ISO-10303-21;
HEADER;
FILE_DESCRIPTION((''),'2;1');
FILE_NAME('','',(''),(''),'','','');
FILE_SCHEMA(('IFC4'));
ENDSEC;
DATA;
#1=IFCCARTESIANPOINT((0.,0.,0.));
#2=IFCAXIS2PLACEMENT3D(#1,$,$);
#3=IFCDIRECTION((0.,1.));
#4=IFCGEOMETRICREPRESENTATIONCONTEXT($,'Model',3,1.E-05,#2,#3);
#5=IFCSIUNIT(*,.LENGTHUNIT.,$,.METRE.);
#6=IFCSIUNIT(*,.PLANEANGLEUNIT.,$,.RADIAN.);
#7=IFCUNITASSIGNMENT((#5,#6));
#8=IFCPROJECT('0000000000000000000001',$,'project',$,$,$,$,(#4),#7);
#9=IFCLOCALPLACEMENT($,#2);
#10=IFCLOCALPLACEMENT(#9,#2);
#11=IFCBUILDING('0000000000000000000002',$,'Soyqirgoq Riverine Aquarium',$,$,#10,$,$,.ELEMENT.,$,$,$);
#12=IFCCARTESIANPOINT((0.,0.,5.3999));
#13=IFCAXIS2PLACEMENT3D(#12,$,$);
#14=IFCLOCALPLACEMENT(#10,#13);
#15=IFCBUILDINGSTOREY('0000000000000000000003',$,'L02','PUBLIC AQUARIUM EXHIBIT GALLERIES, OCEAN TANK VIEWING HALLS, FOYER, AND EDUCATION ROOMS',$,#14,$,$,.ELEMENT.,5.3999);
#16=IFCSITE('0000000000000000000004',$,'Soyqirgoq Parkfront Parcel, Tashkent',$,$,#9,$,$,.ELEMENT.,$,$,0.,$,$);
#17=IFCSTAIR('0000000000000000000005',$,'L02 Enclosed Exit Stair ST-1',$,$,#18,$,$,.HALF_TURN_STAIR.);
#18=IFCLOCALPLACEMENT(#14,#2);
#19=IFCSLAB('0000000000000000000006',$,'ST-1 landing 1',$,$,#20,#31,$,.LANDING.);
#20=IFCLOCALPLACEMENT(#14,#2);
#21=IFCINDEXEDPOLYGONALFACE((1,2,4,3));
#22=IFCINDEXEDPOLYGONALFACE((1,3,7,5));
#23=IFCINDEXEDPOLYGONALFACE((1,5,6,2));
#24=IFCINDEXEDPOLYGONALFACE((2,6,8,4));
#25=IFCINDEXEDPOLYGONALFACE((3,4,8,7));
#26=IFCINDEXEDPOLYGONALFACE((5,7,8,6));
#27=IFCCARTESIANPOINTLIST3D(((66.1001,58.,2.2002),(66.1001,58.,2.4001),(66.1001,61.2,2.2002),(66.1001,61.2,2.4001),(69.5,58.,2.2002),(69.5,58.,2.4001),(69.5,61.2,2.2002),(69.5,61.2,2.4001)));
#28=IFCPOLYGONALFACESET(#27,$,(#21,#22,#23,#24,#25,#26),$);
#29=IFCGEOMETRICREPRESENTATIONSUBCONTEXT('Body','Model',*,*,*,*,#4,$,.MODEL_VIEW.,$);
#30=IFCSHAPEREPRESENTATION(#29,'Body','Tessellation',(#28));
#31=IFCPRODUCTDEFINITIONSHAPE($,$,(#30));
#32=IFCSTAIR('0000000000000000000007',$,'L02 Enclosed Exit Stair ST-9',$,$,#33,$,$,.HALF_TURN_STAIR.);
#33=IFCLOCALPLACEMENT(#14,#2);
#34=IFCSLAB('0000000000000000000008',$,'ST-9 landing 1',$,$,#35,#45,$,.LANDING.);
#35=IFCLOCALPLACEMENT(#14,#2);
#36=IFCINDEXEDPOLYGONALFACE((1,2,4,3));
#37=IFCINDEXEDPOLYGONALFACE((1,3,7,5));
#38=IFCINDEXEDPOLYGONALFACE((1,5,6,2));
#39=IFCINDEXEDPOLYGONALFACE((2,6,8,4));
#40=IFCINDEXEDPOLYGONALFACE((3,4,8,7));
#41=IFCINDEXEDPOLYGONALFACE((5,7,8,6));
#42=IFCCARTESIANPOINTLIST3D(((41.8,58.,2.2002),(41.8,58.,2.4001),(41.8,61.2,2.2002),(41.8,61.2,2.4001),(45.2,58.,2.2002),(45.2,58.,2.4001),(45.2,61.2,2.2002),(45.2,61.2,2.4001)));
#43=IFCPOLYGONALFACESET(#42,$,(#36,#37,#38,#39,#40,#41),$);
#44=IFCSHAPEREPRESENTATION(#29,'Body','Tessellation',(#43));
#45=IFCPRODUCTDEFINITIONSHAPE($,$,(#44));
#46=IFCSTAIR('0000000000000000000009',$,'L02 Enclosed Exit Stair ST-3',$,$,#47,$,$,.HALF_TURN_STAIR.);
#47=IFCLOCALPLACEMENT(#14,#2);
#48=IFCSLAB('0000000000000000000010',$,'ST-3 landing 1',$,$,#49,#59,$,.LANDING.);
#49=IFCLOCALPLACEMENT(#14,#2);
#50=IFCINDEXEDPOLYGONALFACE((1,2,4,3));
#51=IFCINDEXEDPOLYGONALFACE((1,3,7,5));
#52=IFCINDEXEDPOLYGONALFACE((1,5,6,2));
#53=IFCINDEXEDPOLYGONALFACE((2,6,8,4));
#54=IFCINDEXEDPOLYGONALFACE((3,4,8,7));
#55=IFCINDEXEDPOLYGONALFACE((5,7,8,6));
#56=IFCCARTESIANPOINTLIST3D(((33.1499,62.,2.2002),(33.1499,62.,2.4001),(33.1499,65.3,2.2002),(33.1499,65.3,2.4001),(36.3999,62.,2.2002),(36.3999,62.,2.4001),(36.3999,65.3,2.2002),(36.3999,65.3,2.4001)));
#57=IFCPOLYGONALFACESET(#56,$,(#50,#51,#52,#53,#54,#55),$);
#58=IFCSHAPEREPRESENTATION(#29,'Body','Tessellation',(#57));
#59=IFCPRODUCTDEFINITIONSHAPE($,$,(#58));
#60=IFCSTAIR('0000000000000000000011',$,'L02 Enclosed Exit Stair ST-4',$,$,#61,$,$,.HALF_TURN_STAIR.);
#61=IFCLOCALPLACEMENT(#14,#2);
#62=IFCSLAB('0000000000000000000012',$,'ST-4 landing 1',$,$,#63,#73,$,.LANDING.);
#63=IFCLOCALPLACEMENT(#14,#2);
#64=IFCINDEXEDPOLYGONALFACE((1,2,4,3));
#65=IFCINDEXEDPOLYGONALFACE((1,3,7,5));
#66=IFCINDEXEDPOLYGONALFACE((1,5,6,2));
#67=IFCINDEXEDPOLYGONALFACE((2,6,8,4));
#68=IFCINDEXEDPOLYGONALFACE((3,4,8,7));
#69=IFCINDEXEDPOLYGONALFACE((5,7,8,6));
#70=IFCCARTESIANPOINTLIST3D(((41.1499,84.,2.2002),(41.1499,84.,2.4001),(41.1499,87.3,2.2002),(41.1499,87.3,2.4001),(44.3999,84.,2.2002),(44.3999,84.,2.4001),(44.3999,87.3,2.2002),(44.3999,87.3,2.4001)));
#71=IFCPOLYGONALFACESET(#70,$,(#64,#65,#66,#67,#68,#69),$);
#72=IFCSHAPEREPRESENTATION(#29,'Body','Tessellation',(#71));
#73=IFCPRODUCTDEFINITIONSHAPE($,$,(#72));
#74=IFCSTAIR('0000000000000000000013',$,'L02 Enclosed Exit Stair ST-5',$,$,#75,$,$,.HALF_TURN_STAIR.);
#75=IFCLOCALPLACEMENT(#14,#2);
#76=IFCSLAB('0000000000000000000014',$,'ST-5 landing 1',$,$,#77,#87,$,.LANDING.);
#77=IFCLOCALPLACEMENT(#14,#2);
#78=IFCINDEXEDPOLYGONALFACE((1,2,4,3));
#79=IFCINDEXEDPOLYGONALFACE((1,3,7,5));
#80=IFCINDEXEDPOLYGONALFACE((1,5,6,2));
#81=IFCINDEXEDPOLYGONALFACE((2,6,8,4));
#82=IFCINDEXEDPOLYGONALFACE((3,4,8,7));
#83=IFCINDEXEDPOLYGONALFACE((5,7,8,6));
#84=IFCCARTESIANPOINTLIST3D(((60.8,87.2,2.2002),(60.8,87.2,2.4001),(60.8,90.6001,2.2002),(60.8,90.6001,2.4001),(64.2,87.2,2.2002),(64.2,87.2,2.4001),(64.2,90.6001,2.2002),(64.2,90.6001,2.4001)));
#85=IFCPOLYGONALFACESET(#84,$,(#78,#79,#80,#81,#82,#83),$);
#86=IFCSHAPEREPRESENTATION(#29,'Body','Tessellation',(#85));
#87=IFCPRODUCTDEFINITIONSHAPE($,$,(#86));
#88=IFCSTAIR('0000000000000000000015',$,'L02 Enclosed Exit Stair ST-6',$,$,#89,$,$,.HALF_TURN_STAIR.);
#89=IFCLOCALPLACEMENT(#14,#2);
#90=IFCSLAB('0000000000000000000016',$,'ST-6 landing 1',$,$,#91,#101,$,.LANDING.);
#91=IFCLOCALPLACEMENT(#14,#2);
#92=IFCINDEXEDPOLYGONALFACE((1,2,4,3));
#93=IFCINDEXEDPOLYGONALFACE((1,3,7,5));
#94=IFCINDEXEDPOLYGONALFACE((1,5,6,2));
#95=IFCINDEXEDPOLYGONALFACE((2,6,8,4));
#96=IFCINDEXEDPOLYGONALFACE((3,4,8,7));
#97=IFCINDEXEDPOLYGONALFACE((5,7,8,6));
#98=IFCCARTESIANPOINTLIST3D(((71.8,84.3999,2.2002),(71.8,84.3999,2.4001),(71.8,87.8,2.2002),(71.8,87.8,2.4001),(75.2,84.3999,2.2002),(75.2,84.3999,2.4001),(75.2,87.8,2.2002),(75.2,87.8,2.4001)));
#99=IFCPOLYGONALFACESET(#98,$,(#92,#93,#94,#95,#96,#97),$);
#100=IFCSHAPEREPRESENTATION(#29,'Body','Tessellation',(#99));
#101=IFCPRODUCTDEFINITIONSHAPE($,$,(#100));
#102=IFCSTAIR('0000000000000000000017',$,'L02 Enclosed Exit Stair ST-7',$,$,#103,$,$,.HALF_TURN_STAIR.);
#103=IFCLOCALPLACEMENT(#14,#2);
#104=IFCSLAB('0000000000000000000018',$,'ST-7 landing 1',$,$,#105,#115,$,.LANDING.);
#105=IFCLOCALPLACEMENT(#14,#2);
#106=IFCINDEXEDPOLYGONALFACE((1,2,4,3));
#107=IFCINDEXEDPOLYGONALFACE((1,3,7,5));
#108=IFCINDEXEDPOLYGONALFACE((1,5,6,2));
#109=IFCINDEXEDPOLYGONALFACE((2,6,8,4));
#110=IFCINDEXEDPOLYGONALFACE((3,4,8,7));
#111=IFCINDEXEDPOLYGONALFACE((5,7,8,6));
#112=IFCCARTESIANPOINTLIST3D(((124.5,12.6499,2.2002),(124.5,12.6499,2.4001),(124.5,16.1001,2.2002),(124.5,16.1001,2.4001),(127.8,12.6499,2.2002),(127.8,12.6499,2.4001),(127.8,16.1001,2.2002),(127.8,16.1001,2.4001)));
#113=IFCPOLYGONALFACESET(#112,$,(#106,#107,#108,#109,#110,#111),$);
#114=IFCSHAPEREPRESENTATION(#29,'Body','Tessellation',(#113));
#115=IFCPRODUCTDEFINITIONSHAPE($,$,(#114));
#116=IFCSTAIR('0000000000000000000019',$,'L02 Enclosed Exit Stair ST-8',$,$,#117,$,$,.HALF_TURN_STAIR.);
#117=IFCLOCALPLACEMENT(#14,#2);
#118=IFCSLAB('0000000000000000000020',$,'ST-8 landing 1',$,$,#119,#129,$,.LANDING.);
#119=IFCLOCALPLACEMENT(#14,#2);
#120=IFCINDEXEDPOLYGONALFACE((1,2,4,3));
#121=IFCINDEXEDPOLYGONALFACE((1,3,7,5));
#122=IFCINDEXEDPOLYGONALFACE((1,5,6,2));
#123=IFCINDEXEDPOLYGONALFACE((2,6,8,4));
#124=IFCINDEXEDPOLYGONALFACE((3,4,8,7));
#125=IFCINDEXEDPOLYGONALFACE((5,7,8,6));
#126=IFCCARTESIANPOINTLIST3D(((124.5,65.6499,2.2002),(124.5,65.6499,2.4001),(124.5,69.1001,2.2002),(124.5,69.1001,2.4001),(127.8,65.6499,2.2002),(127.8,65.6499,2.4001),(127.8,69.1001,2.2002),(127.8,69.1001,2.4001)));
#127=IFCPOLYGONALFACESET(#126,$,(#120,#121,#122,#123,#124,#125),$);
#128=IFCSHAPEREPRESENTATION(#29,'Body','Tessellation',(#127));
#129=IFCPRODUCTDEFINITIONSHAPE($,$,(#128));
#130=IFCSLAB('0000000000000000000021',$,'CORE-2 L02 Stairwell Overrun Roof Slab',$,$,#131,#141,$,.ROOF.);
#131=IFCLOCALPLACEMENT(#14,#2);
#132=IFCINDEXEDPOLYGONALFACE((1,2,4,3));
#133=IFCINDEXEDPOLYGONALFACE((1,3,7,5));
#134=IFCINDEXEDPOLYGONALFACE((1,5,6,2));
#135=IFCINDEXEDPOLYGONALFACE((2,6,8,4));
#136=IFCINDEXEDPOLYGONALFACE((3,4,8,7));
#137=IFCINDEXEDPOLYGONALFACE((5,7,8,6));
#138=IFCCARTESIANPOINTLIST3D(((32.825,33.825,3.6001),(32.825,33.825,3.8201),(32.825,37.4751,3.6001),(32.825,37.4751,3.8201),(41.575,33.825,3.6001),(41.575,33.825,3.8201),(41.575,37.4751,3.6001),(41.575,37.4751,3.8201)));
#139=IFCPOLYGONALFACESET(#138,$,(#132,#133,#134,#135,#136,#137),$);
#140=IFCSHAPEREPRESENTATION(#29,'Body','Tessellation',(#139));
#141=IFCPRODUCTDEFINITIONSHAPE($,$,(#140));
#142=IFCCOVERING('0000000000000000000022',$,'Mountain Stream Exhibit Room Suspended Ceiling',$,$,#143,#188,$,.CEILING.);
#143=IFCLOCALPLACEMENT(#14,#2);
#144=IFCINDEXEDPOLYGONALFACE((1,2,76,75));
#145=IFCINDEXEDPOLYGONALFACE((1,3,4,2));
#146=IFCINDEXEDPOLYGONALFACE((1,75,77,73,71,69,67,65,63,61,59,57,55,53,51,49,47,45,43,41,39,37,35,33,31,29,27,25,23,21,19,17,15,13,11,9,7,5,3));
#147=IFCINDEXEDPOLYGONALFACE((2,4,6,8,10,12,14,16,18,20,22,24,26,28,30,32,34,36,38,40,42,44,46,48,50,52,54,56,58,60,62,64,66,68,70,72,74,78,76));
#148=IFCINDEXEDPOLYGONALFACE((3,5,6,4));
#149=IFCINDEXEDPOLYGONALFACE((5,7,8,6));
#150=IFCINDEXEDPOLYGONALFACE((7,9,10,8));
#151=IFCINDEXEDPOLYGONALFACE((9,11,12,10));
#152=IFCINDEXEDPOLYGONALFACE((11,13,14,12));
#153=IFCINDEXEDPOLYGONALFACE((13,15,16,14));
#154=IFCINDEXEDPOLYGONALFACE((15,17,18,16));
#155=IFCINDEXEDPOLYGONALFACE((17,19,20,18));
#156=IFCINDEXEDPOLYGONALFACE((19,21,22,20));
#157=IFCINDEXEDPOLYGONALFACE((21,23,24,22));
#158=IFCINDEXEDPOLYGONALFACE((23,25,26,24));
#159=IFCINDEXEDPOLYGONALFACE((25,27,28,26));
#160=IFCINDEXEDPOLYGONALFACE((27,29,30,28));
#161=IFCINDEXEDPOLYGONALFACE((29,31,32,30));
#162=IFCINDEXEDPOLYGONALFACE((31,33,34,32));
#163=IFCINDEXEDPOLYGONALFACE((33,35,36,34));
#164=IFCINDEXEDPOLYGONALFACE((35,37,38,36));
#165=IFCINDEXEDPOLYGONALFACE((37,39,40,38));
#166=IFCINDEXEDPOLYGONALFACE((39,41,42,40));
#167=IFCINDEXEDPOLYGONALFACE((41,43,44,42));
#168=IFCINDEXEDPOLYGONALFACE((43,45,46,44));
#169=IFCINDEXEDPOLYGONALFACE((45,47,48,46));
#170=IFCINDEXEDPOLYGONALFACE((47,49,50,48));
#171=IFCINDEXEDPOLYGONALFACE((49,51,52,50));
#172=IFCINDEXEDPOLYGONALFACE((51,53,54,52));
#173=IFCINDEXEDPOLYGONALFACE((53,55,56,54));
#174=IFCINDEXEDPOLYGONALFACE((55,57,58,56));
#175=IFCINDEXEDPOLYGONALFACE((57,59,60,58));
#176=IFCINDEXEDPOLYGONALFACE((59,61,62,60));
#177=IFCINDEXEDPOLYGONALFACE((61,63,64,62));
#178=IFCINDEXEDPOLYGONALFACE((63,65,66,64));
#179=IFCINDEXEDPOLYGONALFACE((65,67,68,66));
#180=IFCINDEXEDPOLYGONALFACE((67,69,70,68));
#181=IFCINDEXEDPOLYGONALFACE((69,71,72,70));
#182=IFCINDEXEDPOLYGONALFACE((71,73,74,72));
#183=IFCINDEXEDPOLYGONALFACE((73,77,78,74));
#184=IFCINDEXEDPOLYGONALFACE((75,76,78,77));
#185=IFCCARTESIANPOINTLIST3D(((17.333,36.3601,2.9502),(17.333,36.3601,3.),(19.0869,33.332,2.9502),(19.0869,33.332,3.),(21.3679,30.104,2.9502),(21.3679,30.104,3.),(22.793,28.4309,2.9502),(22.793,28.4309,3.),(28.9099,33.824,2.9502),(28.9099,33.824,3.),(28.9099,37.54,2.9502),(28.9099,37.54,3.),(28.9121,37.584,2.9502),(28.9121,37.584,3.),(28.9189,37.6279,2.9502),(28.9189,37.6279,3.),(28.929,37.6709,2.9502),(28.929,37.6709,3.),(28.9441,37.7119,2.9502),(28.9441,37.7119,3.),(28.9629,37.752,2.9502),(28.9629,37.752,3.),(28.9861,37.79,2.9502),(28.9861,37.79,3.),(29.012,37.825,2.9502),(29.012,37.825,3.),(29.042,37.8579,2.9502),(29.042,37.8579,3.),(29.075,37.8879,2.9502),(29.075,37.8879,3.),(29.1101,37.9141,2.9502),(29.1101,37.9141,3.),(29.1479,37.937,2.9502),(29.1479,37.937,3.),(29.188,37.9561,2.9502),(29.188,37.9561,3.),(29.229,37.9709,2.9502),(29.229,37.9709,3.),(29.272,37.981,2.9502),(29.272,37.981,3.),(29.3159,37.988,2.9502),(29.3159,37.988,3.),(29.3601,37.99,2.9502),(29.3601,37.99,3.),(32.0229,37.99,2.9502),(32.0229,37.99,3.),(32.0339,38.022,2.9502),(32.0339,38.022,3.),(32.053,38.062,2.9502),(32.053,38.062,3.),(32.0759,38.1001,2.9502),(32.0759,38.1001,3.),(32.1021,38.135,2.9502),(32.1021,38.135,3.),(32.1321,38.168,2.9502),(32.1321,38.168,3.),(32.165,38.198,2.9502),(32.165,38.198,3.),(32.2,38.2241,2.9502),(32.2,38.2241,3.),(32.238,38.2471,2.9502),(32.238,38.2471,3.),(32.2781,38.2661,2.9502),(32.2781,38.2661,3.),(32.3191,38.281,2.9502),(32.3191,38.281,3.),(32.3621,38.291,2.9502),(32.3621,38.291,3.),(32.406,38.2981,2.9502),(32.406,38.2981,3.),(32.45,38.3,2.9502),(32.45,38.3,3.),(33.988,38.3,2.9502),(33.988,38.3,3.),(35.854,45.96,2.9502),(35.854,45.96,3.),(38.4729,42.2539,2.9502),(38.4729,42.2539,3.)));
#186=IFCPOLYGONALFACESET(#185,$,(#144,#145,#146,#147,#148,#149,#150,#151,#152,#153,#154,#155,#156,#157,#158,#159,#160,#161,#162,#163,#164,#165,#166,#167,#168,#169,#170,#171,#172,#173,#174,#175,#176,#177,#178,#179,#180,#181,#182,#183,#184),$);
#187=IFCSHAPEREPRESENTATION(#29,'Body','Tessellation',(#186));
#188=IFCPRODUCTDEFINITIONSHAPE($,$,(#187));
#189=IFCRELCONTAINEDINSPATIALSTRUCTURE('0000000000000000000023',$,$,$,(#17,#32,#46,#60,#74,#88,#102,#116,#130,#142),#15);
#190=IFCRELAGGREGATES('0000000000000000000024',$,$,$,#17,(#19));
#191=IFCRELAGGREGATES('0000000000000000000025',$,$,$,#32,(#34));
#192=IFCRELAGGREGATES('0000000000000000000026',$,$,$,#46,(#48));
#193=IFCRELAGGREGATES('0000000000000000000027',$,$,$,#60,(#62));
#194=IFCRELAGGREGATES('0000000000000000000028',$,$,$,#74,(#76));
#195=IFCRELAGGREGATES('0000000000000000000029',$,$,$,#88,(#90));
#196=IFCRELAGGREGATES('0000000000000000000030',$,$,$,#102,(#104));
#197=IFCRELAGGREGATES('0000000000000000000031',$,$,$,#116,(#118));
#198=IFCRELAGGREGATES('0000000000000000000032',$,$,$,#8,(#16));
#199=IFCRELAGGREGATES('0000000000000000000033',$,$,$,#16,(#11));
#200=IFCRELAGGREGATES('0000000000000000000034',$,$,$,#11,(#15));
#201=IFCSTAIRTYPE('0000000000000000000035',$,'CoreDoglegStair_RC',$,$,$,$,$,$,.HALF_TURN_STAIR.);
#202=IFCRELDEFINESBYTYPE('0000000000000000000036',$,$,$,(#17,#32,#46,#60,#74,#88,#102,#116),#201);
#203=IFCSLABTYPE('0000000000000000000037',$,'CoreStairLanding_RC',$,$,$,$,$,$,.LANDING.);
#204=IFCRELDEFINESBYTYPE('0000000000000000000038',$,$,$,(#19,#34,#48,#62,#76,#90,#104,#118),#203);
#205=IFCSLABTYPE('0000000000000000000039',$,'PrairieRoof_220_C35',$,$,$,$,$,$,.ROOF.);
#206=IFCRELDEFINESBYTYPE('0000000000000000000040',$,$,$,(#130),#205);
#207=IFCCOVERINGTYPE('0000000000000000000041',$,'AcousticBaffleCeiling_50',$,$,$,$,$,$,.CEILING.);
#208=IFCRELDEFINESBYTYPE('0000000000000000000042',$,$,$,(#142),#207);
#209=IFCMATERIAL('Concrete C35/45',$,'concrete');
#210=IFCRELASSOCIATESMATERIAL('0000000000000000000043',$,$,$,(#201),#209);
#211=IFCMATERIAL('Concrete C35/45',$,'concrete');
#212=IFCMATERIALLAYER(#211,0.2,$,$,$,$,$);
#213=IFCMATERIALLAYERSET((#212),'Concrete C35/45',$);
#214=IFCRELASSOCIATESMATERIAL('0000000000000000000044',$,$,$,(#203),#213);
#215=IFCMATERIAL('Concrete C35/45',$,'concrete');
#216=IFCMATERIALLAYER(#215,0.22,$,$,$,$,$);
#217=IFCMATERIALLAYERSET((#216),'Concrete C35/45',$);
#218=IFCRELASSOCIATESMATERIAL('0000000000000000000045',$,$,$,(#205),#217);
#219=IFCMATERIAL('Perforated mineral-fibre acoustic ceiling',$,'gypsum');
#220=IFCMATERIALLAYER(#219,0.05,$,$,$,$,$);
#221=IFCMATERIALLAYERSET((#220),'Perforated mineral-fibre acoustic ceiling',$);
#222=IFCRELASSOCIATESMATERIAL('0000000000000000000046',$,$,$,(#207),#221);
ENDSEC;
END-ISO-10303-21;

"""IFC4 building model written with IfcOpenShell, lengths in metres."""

from ifc_helpers import new_model, si_unit, direction, frame, origin, place, context, subcontext, project, spatial, polyline, outline, extrude, material, layer, layer_set, type_object, element, aggregate, save


model = new_model("IFC4")

# Units and contexts
model_context = context("Model", 3, precision=1e-05, world=origin(), true_north=direction((0.0, 1.0)))
body_context = subcontext(model_context, "Body", "Model", "MODEL_VIEW")
ifc_project = project(units=[si_unit("LENGTHUNIT", "METRE"), si_unit("PLANEANGLEUNIT", "RADIAN")], contexts=[model_context])

# Site, building, storey
site_placement = place(None, origin())
site = spatial("IfcSite", under=ifc_project, at=site_placement, Name="Soyqirgoq Parkfront Parcel, Tashkent", CompositionType="ELEMENT", RefElevation=0.0)
building_placement = place(site_placement, origin())
building = spatial("IfcBuilding", under=site, at=building_placement, Name="Soyqirgoq Riverine Aquarium", CompositionType="ELEMENT")
storey_placement = place(building_placement, frame((0.0, 0.0, 5.3999)))
storey = spatial("IfcBuildingStorey", under=building, at=storey_placement, Name="L02", Description="PUBLIC AQUARIUM EXHIBIT GALLERIES, OCEAN TANK VIEWING HALLS, FOYER, AND EDUCATION ROOMS", CompositionType="ELEMENT", Elevation=5.3999)

# Stairs, slabs
ifc_material_1 = material(Name="Concrete C35/45", Category="concrete")
stair_type = type_object("IfcStairType", Name="CoreDoglegStair_RC", PredefinedType="HALF_TURN_STAIR", material=ifc_material_1)
stair_1_placement = place(storey_placement, origin())
stair_1 = element("IfcStair", 1, at=stair_1_placement, inside=storey, type_object=stair_type, Name="L02 Enclosed Exit Stair ST-1", PredefinedType="HALF_TURN_STAIR")
ifc_material_2 = material(Name="Concrete C35/45", Category="concrete")
ifc_layer_1 = layer(ifc_material_2, 0.2)
ifc_layer_set_1 = layer_set([ifc_layer_1], Name="Concrete C35/45")
slab_type_1 = type_object("IfcSlabType", Name="CoreStairLanding_RC", PredefinedType="LANDING", material=ifc_layer_set_1)
slab_1_placement = place(storey_placement, frame((0.0, 0.0, 2.2002)))
slab_1 = element("IfcSlab", 2, at=slab_1_placement, type_object=slab_type_1, Name="ST-1 landing 1", PredefinedType="LANDING", context=body_context, shape_type="SweptSolid", body=[
    extrude(outline(polyline([(69.5, 58.0), (69.5, 61.2), (66.1001, 61.2), (66.1001, 58.0), (69.5, 58.0)])), origin(), (0.0, 0.0, 1.0), 0.2),
])
aggregate(stair_1, [slab_1])
stair_2_placement = place(storey_placement, origin())
stair_2 = element("IfcStair", 3, at=stair_2_placement, inside=storey, type_object=stair_type, Name="L02 Enclosed Exit Stair ST-9", PredefinedType="HALF_TURN_STAIR")
slab_2_placement = place(storey_placement, frame((0.0, 0.0, 2.2002)))
slab_2 = element("IfcSlab", 4, at=slab_2_placement, type_object=slab_type_1, Name="ST-9 landing 1", PredefinedType="LANDING", context=body_context, shape_type="SweptSolid", body=[
    extrude(outline(polyline([(45.2, 58.0), (45.2, 61.2), (41.8, 61.2), (41.8, 58.0), (45.2, 58.0)])), origin(), (0.0, 0.0, 1.0), 0.2),
])
aggregate(stair_2, [slab_2])
stair_3_placement = place(storey_placement, origin())
stair_3 = element("IfcStair", 5, at=stair_3_placement, inside=storey, type_object=stair_type, Name="L02 Enclosed Exit Stair ST-3", PredefinedType="HALF_TURN_STAIR")
slab_3_placement = place(storey_placement, frame((0.0, 0.0, 2.2002)))
slab_3 = element("IfcSlab", 6, at=slab_3_placement, type_object=slab_type_1, Name="ST-3 landing 1", PredefinedType="LANDING", context=body_context, shape_type="SweptSolid", body=[
    extrude(outline(polyline([(33.1499, 62.0), (36.3999, 62.0), (36.3999, 65.3), (33.1499, 65.3), (33.1499, 62.0)])), origin(), (0.0, 0.0, 1.0), 0.2),
])
aggregate(stair_3, [slab_3])
stair_4_placement = place(storey_placement, origin())
stair_4 = element("IfcStair", 7, at=stair_4_placement, inside=storey, type_object=stair_type, Name="L02 Enclosed Exit Stair ST-4", PredefinedType="HALF_TURN_STAIR")
slab_4_placement = place(storey_placement, frame((0.0, 0.0, 2.2002)))
slab_4 = element("IfcSlab", 8, at=slab_4_placement, type_object=slab_type_1, Name="ST-4 landing 1", PredefinedType="LANDING", context=body_context, shape_type="SweptSolid", body=[
    extrude(outline(polyline([(41.1499, 84.0), (44.3999, 84.0), (44.3999, 87.3), (41.1499, 87.3), (41.1499, 84.0)])), origin(), (0.0, 0.0, 1.0), 0.2),
])
aggregate(stair_4, [slab_4])
stair_5_placement = place(storey_placement, origin())
stair_5 = element("IfcStair", 9, at=stair_5_placement, inside=storey, type_object=stair_type, Name="L02 Enclosed Exit Stair ST-5", PredefinedType="HALF_TURN_STAIR")
slab_5_placement = place(storey_placement, frame((0.0, 0.0, 2.2002)))
slab_5 = element("IfcSlab", 10, at=slab_5_placement, type_object=slab_type_1, Name="ST-5 landing 1", PredefinedType="LANDING", context=body_context, shape_type="SweptSolid", body=[
    extrude(outline(polyline([(64.2, 87.2), (64.2, 90.6001), (60.8, 90.6001), (60.8, 87.2), (64.2, 87.2)])), origin(), (0.0, 0.0, 1.0), 0.2),
])
aggregate(stair_5, [slab_5])
stair_6_placement = place(storey_placement, origin())
stair_6 = element("IfcStair", 11, at=stair_6_placement, inside=storey, type_object=stair_type, Name="L02 Enclosed Exit Stair ST-6", PredefinedType="HALF_TURN_STAIR")
slab_6_placement = place(storey_placement, frame((0.0, 0.0, 2.2002)))
slab_6 = element("IfcSlab", 12, at=slab_6_placement, type_object=slab_type_1, Name="ST-6 landing 1", PredefinedType="LANDING", context=body_context, shape_type="SweptSolid", body=[
    extrude(outline(polyline([(75.2, 84.3999), (75.2, 87.8), (71.8, 87.8), (71.8, 84.3999), (75.2, 84.3999)])), origin(), (0.0, 0.0, 1.0), 0.2),
])
aggregate(stair_6, [slab_6])
stair_7_placement = place(storey_placement, origin())
stair_7 = element("IfcStair", 13, at=stair_7_placement, inside=storey, type_object=stair_type, Name="L02 Enclosed Exit Stair ST-7", PredefinedType="HALF_TURN_STAIR")
slab_7_placement = place(storey_placement, frame((0.0, 0.0, 2.2002)))
slab_7 = element("IfcSlab", 14, at=slab_7_placement, type_object=slab_type_1, Name="ST-7 landing 1", PredefinedType="LANDING", context=body_context, shape_type="SweptSolid", body=[
    extrude(outline(polyline([(127.8, 12.6499), (127.8, 16.1001), (124.5, 16.1001), (124.5, 12.6499), (127.8, 12.6499)])), origin(), (0.0, 0.0, 1.0), 0.2),
])
aggregate(stair_7, [slab_7])
stair_8_placement = place(storey_placement, origin())
stair_8 = element("IfcStair", 15, at=stair_8_placement, inside=storey, type_object=stair_type, Name="L02 Enclosed Exit Stair ST-8", PredefinedType="HALF_TURN_STAIR")
slab_8_placement = place(storey_placement, frame((0.0, 0.0, 2.2002)))
slab_8 = element("IfcSlab", 16, at=slab_8_placement, type_object=slab_type_1, Name="ST-8 landing 1", PredefinedType="LANDING", context=body_context, shape_type="SweptSolid", body=[
    extrude(outline(polyline([(127.8, 65.6499), (127.8, 69.1001), (124.5, 69.1001), (124.5, 65.6499), (127.8, 65.6499)])), origin(), (0.0, 0.0, 1.0), 0.2),
])
aggregate(stair_8, [slab_8])

# Slab
ifc_material_3 = material(Name="Concrete C35/45", Category="concrete")
ifc_layer_2 = layer(ifc_material_3, 0.22)
ifc_layer_set_2 = layer_set([ifc_layer_2], Name="Concrete C35/45")
slab_type_2 = type_object("IfcSlabType", Name="PrairieRoof_220_C35", PredefinedType="ROOF", material=ifc_layer_set_2)
slab_9_placement = place(storey_placement, frame((0.0, 0.0, 3.6001)))
element("IfcSlab", 17, at=slab_9_placement, inside=storey, type_object=slab_type_2, Name="CORE-2 L02 Stairwell Overrun Roof Slab", PredefinedType="ROOF", context=body_context, shape_type="SweptSolid", body=[
    extrude(outline(polyline([(32.825, 33.825), (41.575, 33.825), (41.575, 37.4751), (32.825, 37.4751), (32.825, 33.825)])), origin(), (0.0, 0.0, 1.0), 0.22),
])

# Covering
ifc_material_4 = material(Name="Perforated mineral-fibre acoustic ceiling", Category="gypsum")
ifc_layer_3 = layer(ifc_material_4, 0.05)
ifc_layer_set_3 = layer_set([ifc_layer_3], Name="Perforated mineral-fibre acoustic ceiling")
covering_type_1 = type_object("IfcCoveringType", Name="AcousticBaffleCeiling_50", PredefinedType="CEILING", material=ifc_layer_set_3)
covering_1_placement = place(storey_placement, frame((0.0, 0.0, 2.9502)))
element("IfcCovering", 18, at=covering_1_placement, inside=storey, type_object=covering_type_1, Name="Mountain Stream Exhibit Room Suspended Ceiling", PredefinedType="CEILING", context=body_context, shape_type="SweptSolid", body=[
    extrude(outline(polyline([(21.3679, 30.104), (19.0869, 33.332), (17.333, 36.3601), (35.854, 45.96), (38.4729, 42.2539), (33.988, 38.3), (32.45, 38.3), (32.406, 38.2981), (32.3621, 38.291), (32.3191, 38.281), (32.2781, 38.2661), (32.238, 38.2471), (32.2, 38.2241), (32.165, 38.198), (32.1321, 38.168), (32.1021, 38.135), (32.0759, 38.1001), (32.053, 38.062), (32.0339, 38.022), (32.0229, 37.99), (29.3601, 37.99), (29.3159, 37.988), (29.272, 37.981), (29.229, 37.9709), (29.188, 37.9561), (29.1479, 37.937), (29.1101, 37.9141), (29.075, 37.8879), (29.042, 37.8579), (29.012, 37.825), (28.9861, 37.79), (28.9629, 37.752), (28.9441, 37.7119), (28.929, 37.6709), (28.9189, 37.6279), (28.9121, 37.584), (28.9099, 37.54), (28.9099, 33.824), (22.793, 28.4309), (21.3679, 30.104)])), origin(), (0.0, 0.0, 1.0), 0.0498),
])

save(model, "model.ifc")
